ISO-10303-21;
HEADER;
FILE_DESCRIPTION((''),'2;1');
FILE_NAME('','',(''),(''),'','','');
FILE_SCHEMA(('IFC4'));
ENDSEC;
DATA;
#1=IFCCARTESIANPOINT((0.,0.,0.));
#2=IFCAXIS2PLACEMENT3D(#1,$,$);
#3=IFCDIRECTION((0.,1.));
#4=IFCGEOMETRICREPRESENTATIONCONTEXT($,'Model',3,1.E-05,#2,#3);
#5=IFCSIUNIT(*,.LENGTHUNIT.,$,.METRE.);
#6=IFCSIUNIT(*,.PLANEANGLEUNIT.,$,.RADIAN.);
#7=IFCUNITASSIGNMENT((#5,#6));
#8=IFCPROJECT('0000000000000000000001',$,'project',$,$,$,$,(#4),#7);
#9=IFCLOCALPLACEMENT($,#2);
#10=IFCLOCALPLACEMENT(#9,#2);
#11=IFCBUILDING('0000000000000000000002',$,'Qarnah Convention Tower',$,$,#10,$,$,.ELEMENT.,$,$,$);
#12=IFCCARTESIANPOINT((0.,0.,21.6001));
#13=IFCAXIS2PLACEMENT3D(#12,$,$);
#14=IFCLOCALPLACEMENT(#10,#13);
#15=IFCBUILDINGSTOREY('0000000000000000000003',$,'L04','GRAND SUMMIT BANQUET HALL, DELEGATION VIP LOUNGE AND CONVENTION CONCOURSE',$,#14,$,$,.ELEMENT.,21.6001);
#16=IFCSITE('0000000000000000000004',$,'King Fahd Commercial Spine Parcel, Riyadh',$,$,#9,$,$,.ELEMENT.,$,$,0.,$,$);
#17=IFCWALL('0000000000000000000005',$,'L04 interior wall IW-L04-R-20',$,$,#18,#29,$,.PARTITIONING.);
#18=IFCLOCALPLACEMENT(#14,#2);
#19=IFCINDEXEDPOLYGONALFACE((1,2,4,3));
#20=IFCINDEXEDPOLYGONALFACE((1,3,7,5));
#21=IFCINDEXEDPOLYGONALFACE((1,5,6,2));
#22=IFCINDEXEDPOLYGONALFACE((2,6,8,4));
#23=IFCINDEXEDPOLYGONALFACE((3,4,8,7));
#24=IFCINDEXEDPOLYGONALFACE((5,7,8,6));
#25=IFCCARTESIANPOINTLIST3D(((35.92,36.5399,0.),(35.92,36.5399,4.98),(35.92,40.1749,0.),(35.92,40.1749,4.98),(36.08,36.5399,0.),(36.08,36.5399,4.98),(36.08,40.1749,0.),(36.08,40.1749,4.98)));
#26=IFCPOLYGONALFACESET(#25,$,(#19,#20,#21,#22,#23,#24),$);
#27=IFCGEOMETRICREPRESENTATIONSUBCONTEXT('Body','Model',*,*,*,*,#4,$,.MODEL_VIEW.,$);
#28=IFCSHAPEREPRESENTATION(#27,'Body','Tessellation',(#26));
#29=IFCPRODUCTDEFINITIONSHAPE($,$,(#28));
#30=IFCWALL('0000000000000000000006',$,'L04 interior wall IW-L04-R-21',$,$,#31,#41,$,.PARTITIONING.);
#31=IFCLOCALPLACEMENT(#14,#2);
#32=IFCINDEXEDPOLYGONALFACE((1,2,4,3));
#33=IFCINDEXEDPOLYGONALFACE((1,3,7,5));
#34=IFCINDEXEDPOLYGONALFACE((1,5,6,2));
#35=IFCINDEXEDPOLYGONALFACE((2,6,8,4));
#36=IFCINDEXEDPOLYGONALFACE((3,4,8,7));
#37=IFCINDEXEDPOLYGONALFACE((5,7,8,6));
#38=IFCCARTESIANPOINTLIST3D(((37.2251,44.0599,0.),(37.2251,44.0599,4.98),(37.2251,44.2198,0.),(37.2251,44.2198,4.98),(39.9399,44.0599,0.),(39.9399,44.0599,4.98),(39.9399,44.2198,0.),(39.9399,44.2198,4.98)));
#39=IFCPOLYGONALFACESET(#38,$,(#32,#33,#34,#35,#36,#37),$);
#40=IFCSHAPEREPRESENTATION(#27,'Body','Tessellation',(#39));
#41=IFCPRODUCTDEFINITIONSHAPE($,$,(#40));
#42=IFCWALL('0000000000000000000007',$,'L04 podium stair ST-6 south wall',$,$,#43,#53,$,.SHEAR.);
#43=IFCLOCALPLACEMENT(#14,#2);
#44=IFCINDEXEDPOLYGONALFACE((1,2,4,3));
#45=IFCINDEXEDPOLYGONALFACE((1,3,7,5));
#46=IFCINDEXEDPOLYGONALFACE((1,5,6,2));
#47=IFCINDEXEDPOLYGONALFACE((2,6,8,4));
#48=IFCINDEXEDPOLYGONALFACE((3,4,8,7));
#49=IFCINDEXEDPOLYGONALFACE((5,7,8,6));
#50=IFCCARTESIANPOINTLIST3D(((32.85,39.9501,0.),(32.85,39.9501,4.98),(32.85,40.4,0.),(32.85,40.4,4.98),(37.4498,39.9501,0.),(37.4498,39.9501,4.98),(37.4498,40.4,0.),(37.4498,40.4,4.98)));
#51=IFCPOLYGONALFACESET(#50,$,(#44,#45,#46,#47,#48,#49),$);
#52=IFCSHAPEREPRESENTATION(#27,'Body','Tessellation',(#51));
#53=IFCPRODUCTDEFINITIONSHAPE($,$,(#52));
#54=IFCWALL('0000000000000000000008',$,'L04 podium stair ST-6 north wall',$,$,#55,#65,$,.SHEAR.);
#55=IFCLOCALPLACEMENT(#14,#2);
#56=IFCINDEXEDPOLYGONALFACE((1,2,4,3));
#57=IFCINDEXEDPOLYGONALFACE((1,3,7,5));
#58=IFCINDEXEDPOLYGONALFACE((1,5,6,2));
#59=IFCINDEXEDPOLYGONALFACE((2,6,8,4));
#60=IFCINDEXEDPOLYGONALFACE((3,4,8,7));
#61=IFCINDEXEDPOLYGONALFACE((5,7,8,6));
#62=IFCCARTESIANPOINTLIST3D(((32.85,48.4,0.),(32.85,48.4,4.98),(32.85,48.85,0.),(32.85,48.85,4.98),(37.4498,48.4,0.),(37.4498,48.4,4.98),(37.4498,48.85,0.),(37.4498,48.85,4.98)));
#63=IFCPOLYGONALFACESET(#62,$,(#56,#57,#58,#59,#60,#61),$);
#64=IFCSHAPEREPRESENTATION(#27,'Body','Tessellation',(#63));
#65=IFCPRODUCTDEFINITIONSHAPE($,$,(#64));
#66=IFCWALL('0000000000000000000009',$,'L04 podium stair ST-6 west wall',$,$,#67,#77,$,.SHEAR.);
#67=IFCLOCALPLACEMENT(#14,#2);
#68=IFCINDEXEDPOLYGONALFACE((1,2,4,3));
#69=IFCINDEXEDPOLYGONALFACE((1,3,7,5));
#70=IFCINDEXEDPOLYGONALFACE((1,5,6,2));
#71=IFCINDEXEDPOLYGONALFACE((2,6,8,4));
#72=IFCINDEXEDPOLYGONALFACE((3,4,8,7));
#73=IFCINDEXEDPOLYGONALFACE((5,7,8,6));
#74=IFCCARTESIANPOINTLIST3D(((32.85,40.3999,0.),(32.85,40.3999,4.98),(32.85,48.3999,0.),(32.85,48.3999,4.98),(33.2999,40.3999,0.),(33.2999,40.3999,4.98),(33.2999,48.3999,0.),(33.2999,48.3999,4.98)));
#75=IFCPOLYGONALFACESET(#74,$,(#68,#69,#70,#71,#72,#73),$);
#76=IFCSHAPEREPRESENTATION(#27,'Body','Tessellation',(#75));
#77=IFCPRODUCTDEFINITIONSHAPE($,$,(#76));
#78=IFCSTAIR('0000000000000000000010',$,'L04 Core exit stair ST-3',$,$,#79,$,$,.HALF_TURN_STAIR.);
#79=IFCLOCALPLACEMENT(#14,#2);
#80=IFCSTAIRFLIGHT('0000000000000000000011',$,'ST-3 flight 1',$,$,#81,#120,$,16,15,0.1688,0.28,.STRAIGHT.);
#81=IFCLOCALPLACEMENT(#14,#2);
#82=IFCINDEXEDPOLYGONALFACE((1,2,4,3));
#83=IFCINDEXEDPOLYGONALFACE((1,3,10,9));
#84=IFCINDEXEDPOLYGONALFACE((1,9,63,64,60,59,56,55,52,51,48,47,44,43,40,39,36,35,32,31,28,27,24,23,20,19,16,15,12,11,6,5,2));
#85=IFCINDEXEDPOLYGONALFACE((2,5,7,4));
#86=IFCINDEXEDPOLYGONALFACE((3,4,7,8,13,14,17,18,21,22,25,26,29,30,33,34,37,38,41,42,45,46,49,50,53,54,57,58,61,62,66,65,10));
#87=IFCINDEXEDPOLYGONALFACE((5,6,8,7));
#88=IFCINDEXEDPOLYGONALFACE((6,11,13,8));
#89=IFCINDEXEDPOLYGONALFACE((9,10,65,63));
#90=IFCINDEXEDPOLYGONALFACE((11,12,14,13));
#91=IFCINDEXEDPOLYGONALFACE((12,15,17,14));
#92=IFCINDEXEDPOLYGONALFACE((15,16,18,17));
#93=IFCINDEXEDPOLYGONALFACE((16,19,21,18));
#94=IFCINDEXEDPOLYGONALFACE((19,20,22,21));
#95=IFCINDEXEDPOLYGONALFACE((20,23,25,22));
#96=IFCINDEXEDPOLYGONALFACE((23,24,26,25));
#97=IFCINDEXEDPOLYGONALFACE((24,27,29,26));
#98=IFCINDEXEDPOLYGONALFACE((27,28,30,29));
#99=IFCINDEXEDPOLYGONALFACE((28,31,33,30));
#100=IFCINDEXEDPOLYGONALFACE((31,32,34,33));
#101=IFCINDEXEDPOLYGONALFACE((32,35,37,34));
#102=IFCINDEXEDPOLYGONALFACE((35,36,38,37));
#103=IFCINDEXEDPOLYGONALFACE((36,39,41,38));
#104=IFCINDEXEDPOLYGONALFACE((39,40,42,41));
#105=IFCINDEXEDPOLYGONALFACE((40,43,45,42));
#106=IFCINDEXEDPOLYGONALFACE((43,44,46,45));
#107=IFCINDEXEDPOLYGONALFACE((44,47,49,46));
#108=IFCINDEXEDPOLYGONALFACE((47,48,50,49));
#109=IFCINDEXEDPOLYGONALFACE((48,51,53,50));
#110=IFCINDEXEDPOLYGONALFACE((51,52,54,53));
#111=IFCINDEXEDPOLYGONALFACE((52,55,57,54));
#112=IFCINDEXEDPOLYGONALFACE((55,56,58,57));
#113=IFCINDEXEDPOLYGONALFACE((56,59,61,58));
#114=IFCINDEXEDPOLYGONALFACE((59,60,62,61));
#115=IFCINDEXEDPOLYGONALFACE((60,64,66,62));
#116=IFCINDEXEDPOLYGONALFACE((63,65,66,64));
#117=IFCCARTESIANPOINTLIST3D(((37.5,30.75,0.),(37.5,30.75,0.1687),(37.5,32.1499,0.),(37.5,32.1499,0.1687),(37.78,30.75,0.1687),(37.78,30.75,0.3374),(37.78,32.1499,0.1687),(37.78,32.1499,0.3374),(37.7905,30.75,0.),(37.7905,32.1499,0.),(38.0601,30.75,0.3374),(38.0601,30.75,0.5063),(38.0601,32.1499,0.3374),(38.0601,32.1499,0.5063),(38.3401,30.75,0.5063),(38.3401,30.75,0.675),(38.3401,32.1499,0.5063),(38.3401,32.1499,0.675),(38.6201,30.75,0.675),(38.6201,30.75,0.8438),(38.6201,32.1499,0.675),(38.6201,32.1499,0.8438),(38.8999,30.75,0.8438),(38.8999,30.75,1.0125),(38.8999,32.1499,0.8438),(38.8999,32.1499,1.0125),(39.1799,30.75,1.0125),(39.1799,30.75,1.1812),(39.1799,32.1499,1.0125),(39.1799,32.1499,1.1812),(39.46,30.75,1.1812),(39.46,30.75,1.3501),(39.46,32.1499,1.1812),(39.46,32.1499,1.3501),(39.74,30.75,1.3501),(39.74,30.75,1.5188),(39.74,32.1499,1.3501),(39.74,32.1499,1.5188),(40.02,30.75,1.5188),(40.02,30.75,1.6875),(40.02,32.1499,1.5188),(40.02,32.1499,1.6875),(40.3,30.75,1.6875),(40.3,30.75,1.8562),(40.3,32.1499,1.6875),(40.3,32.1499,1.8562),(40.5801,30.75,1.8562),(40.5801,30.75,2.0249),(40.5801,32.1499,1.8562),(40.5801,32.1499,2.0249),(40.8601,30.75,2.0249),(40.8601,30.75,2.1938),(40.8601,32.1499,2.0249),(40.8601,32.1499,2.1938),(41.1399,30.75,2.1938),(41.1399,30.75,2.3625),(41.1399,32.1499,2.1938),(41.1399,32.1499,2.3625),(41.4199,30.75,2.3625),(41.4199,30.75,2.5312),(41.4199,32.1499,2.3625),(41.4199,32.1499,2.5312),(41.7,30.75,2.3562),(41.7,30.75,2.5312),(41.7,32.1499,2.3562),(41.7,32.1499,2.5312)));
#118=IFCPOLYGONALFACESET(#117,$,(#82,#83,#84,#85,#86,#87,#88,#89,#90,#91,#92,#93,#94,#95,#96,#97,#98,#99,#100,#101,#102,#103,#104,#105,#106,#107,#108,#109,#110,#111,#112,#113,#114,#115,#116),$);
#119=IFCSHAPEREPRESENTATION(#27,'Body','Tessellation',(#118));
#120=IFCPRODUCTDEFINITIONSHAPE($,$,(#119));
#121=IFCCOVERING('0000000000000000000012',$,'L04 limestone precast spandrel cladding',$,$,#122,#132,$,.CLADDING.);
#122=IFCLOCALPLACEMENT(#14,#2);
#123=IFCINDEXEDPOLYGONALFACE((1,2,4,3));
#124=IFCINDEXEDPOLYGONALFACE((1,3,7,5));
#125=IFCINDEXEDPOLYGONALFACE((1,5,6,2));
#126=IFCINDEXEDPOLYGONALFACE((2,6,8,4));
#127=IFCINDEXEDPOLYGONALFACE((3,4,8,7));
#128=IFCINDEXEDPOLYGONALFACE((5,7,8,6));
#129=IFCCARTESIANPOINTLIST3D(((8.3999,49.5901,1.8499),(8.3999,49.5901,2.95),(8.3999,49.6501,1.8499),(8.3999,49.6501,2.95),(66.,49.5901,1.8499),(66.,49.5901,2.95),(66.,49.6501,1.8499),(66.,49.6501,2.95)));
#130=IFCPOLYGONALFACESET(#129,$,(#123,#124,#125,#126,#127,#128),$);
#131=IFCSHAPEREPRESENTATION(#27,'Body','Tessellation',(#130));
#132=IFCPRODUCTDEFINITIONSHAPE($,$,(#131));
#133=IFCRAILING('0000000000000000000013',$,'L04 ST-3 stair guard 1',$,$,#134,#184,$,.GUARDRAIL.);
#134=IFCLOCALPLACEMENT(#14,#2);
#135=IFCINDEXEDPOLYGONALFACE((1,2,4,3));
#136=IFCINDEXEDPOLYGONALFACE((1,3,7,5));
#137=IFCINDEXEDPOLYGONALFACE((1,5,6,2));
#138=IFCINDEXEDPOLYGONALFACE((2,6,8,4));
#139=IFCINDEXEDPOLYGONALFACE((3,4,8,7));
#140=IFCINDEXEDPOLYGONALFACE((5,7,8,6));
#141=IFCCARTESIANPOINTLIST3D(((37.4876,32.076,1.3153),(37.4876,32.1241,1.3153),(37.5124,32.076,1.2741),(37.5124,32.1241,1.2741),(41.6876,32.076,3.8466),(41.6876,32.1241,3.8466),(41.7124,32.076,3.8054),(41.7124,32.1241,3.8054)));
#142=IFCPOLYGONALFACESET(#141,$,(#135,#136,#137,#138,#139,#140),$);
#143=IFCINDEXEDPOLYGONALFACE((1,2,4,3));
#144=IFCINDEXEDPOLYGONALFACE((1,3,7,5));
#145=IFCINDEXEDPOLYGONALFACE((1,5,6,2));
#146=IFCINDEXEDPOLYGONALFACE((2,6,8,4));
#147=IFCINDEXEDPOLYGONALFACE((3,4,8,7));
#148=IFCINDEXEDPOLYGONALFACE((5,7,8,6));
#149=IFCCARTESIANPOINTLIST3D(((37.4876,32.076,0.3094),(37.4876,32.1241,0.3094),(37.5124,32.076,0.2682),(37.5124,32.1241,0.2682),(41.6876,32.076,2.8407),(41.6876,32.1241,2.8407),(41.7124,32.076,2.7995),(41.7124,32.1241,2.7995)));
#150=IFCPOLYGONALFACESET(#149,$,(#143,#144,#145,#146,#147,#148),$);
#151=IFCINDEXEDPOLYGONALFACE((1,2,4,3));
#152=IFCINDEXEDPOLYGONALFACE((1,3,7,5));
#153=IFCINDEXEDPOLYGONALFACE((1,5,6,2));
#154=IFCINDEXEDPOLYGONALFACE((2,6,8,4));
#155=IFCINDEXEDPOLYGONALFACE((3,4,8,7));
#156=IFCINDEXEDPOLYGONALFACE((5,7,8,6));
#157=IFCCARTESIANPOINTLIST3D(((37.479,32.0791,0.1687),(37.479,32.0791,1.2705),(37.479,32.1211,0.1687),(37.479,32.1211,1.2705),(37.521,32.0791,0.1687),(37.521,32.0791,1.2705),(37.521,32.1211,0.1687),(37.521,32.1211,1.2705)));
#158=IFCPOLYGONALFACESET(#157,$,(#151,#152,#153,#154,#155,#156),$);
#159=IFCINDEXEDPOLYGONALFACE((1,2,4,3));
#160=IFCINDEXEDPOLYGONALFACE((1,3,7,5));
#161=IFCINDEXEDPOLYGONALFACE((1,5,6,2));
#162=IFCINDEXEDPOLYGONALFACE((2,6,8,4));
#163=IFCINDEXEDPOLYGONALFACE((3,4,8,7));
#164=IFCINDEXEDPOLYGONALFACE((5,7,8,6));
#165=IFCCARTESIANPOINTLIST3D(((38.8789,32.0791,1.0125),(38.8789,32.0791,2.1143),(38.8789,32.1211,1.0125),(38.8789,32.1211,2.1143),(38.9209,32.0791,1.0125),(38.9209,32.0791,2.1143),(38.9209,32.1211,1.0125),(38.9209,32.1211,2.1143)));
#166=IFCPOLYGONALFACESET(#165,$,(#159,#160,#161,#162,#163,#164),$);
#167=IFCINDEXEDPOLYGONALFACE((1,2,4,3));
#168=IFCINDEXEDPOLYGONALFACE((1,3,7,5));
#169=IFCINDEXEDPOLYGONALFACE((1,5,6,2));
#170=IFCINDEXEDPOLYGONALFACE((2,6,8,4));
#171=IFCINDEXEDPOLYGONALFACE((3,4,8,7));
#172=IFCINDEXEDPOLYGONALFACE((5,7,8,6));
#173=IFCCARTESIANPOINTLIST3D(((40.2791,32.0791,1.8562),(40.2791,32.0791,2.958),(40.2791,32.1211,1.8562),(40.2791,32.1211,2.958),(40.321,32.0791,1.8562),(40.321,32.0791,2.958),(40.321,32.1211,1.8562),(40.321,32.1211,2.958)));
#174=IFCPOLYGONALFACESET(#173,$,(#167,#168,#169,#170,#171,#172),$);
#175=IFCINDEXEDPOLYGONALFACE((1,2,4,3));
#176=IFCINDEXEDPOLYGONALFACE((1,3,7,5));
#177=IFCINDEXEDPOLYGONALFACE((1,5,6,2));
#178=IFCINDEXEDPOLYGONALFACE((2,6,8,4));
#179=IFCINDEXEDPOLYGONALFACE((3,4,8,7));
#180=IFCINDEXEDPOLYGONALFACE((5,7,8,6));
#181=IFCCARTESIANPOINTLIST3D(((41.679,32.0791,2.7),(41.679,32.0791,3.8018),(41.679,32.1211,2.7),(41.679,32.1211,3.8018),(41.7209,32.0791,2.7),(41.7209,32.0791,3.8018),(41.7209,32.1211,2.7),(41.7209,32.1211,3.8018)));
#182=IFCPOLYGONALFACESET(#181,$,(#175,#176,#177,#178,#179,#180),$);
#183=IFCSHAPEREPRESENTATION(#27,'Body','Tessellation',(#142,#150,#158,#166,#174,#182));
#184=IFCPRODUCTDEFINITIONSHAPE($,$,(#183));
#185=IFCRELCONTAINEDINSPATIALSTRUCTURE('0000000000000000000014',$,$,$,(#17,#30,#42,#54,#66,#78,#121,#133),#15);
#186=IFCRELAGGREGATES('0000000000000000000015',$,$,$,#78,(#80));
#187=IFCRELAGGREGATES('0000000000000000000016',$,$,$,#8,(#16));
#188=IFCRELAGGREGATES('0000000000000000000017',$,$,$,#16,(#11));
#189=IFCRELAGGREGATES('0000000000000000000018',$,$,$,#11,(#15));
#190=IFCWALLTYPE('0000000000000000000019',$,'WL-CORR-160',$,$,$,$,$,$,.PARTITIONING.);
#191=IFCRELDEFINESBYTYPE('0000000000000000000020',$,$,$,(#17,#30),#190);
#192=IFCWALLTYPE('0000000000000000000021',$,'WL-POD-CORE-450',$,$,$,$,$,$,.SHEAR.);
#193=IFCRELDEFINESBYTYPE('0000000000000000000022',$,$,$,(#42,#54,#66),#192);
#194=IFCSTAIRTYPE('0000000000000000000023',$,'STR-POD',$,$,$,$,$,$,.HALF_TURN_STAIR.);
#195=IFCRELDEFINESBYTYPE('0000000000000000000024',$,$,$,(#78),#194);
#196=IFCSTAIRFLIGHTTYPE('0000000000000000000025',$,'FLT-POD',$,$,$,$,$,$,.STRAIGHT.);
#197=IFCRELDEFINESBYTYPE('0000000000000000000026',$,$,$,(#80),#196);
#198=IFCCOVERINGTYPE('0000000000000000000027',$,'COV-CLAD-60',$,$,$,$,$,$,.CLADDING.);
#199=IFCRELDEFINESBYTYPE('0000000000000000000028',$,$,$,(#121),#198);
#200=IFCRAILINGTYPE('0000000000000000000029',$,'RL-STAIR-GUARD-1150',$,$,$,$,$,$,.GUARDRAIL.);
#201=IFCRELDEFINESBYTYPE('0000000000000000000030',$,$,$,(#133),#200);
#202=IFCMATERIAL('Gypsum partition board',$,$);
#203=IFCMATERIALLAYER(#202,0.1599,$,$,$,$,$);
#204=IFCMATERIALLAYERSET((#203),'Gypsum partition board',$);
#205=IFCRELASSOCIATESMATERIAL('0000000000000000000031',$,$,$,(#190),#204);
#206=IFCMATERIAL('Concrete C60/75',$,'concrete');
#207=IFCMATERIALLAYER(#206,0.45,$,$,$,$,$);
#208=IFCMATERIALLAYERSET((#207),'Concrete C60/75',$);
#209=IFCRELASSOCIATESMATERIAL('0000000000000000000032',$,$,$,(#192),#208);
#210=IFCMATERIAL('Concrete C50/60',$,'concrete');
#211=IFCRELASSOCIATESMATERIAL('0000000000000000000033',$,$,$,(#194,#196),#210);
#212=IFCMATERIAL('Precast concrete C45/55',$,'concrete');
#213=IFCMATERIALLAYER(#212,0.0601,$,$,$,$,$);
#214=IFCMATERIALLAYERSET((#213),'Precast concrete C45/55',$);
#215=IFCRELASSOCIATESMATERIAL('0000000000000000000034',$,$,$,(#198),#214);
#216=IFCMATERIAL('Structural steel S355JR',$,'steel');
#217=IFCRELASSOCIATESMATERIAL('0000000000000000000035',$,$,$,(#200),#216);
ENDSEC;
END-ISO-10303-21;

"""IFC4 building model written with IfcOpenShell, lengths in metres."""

from ifc_helpers import new_model, si_unit, direction, frame, frame_2d, origin, origin_2d, place, context, subcontext, project, spatial, polyline, rectangle, outline, extrude, material, layer, layer_set, type_object, element, aggregate, save


model = new_model("IFC4")

# Units and contexts
model_context = context("Model", 3, precision=1e-05, world=origin(), true_north=direction((0.0, 1.0)))
body_context = subcontext(model_context, "Body", "Model", "MODEL_VIEW")
ifc_project = project(units=[si_unit("LENGTHUNIT", "METRE"), si_unit("PLANEANGLEUNIT", "RADIAN")], contexts=[model_context])

# Site, building, storey
site_placement = place(None, origin())
site = spatial("IfcSite", under=ifc_project, at=site_placement, Name="King Fahd Commercial Spine Parcel, Riyadh", CompositionType="ELEMENT", RefElevation=0.0)
building_placement = place(site_placement, origin())
building = spatial("IfcBuilding", under=site, at=building_placement, Name="Qarnah Convention Tower", CompositionType="ELEMENT")
storey_placement = place(building_placement, frame((0.0, 0.0, 21.6001)))
storey = spatial("IfcBuildingStorey", under=building, at=storey_placement, Name="L04", Description="GRAND SUMMIT BANQUET HALL, DELEGATION VIP LOUNGE AND CONVENTION CONCOURSE", CompositionType="ELEMENT", Elevation=21.6001)

# Shared definitions
ifc_material_1 = material(Name="Structural steel S355JR", Category="steel")

# Walls
ifc_material_2 = material(Name="Concrete C60/75", Category="concrete")
ifc_material_3 = material(Name="Gypsum partition board")
ifc_layer_1 = layer(ifc_material_3, 0.1599)
ifc_layer_set_1 = layer_set([ifc_layer_1], Name="Gypsum partition board")
wall_type_1 = type_object("IfcWallType", Name="WL-CORR-160", PredefinedType="PARTITIONING", material=ifc_layer_set_1)
wall_1_placement = place(storey_placement, frame((36.0, 36.54, 0.0), z_axis=(0.0, 0.0, 1.0), x_axis=(0.0, 1.0, 0.0)))
element("IfcWall", 1, at=wall_1_placement, inside=storey, type_object=wall_type_1, Name="L04 interior wall IW-L04-R-20", PredefinedType="PARTITIONING", context=body_context, shape_type="SweptSolid", body=[
    extrude(rectangle(XDim=3.635, YDim=0.1599, at=frame_2d((1.8174, 0.0))), origin(), (0.0, 0.0, 1.0), 4.98),
])
wall_2_placement = place(storey_placement, frame((37.2251, 44.1399, 0.0), z_axis=(0.0, 0.0, 1.0), x_axis=(1.0, 0.0, 0.0)))
element("IfcWall", 2, at=wall_2_placement, inside=storey, type_object=wall_type_1, Name="L04 interior wall IW-L04-R-21", PredefinedType="PARTITIONING", context=body_context, shape_type="SweptSolid", body=[
    extrude(rectangle(XDim=2.7148, YDim=0.1599, at=frame_2d((1.3574, 0.0))), origin(), (0.0, 0.0, 1.0), 4.98),
])
ifc_layer_2 = layer(ifc_material_2, 0.45)
ifc_layer_set_2 = layer_set([ifc_layer_2], Name="Concrete C60/75")
wall_type_2 = type_object("IfcWallType", Name="WL-POD-CORE-450", PredefinedType="SHEAR", material=ifc_layer_set_2)
for number, where, z_axis, x_axis, name in (
    (3, (32.8501, 40.175, 0.0), (0.0, 0.0, 1.0), (1.0, 0.0, 0.0), "L04 podium stair ST-6 south wall"),
    (4, (32.8501, 48.625, 0.0), (0.0, 0.0, 1.0), (1.0, 0.0, 0.0), "L04 podium stair ST-6 north wall"),
):
    element("IfcWall", number, at=place(storey_placement, frame(where, z_axis=z_axis, x_axis=x_axis)), inside=storey, type_object=wall_type_2, Name=name, PredefinedType="SHEAR", context=body_context, shape_type="SweptSolid", body=[
        extrude(rectangle(XDim=4.5999, YDim=0.45, at=frame_2d((2.2998, 0.0))), origin(), (0.0, 0.0, 1.0), 4.98),
    ])
wall_3_placement = place(storey_placement, frame((33.075, 40.3999, 0.0), z_axis=(0.0, 0.0, 1.0), x_axis=(0.0, 1.0, 0.0)))
element("IfcWall", 5, at=wall_3_placement, inside=storey, type_object=wall_type_2, Name="L04 podium stair ST-6 west wall", PredefinedType="SHEAR", context=body_context, shape_type="SweptSolid", body=[
    extrude(rectangle(XDim=8.0, YDim=0.45, at=frame_2d((4.0, 0.0))), origin(), (0.0, 0.0, 1.0), 4.98),
])

# Stair, stair flight
ifc_material_4 = material(Name="Concrete C50/60", Category="concrete")
stair_type = type_object("IfcStairType", Name="STR-POD", PredefinedType="HALF_TURN_STAIR", material=ifc_material_4)
stair_placement = place(storey_placement, origin())
stair = element("IfcStair", 6, at=stair_placement, inside=storey, type_object=stair_type, Name="L04 Core exit stair ST-3", PredefinedType="HALF_TURN_STAIR")
stair_flight_type = type_object("IfcStairFlightType", Name="FLT-POD", PredefinedType="STRAIGHT", material=ifc_material_4)
stair_flight_placement = place(storey_placement, frame((37.5, 31.45, 0.0), z_axis=(0.0, 0.0, 1.0), x_axis=(1.0, 0.0, 0.0)))
stair_flight = element("IfcStairFlight", 7, at=stair_flight_placement, type_object=stair_flight_type, Name="ST-3 flight 1", NumberOfRisers=16, NumberOfTreads=15, PredefinedType="STRAIGHT", RiserHeight=0.1688, TreadLength=0.28, context=body_context, shape_type="SweptSolid", body=[
    extrude(outline(polyline([(0.0, 0.0), (0.0, 0.1687), (0.28, 0.1687), (0.28, 0.3374), (0.5601, 0.3374), (0.5601, 0.5063), (0.8401, 0.5063), (0.8401, 0.675), (1.1201, 0.675), (1.1201, 0.8438), (1.3999, 0.8438), (1.3999, 1.0125), (1.6799, 1.0125), (1.6799, 1.1812), (1.96, 1.1812), (1.96, 1.3501), (2.24, 1.3501), (2.24, 1.5188), (2.52, 1.5188), (2.52, 1.6875), (2.8, 1.6875), (2.8, 1.8562), (3.0801, 1.8562), (3.0801, 2.0249), (3.3601, 2.0249), (3.3601, 2.1938), (3.6399, 2.1938), (3.6399, 2.3625), (3.9199, 2.3625), (3.9199, 2.5312), (4.2, 2.5312), (4.2, 2.7), (4.2, 2.3562), (0.2905, 0.0), (0.0, 0.0)])), frame((0.0, 0.7, 0.0), z_axis=(0.0, -1.0, 0.0), x_axis=(1.0, 0.0, 0.0)), (0.0, 0.0, 1.0), 1.3999),
])
aggregate(stair, [stair_flight])

# Covering
ifc_material_5 = material(Name="Precast concrete C45/55", Category="concrete")
ifc_layer_3 = layer(ifc_material_5, 0.0601)
ifc_layer_set_3 = layer_set([ifc_layer_3], Name="Precast concrete C45/55")
covering_type = type_object("IfcCoveringType", Name="COV-CLAD-60", PredefinedType="CLADDING", material=ifc_layer_set_3)
covering_placement = place(storey_placement, frame((37.2, 49.6201, 1.8499), z_axis=(0.0, 0.0, 1.0), x_axis=(1.0, 0.0, 0.0)))
element("IfcCovering", 8, at=covering_placement, inside=storey, type_object=covering_type, Name="L04 limestone precast spandrel cladding", PredefinedType="CLADDING", context=body_context, shape_type="SweptSolid", body=[
    extrude(rectangle(XDim=57.6001, YDim=0.0601, at=origin_2d()), origin(), (0.0, 0.0, 1.0), 1.1001),
])

# Railing
railing_type_1 = type_object("IfcRailingType", Name="RL-STAIR-GUARD-1150", PredefinedType="GUARDRAIL", material=ifc_material_1)
railing_1_placement = place(storey_placement, frame((37.5, 32.1001, 0.1687)))
element("IfcRailing", 9, at=railing_1_placement, inside=storey, type_object=railing_type_1, Name="L04 ST-3 stair guard 1", PredefinedType="GUARDRAIL", context=body_context, shape_type="SweptSolid", body=[
    extrude(rectangle(XDim=0.0481, YDim=0.0481, at=origin_2d()), frame((0.0, 0.0, 1.126), z_axis=(0.856476, 0.0, 0.516186), x_axis=(0.0, 1.0, 0.0)), (0.0, 0.0, 1.0), 4.9038),
    extrude(rectangle(XDim=0.0481, YDim=0.0481, at=origin_2d()), frame((0.0, 0.0, 0.1201), z_axis=(0.856476, 0.0, 0.516186), x_axis=(0.0, 1.0, 0.0)), (0.0, 0.0, 1.0), 4.9038),
    extrude(rectangle(XDim=0.042, YDim=0.042, at=origin_2d()), origin(), (0.0, 0.0, 1.0), 1.1018),
    extrude(rectangle(XDim=0.042, YDim=0.042, at=origin_2d()), frame((1.3999, 0.0, 0.8438)), (0.0, 0.0, 1.0), 1.1018),
    extrude(rectangle(XDim=0.042, YDim=0.042, at=origin_2d()), frame((2.8, 0.0, 1.6875)), (0.0, 0.0, 1.0), 1.1018),
    extrude(rectangle(XDim=0.042, YDim=0.042, at=origin_2d()), frame((4.2, 0.0, 2.5312)), (0.0, 0.0, 1.0), 1.1018),
])

save(model, "model.ifc")
